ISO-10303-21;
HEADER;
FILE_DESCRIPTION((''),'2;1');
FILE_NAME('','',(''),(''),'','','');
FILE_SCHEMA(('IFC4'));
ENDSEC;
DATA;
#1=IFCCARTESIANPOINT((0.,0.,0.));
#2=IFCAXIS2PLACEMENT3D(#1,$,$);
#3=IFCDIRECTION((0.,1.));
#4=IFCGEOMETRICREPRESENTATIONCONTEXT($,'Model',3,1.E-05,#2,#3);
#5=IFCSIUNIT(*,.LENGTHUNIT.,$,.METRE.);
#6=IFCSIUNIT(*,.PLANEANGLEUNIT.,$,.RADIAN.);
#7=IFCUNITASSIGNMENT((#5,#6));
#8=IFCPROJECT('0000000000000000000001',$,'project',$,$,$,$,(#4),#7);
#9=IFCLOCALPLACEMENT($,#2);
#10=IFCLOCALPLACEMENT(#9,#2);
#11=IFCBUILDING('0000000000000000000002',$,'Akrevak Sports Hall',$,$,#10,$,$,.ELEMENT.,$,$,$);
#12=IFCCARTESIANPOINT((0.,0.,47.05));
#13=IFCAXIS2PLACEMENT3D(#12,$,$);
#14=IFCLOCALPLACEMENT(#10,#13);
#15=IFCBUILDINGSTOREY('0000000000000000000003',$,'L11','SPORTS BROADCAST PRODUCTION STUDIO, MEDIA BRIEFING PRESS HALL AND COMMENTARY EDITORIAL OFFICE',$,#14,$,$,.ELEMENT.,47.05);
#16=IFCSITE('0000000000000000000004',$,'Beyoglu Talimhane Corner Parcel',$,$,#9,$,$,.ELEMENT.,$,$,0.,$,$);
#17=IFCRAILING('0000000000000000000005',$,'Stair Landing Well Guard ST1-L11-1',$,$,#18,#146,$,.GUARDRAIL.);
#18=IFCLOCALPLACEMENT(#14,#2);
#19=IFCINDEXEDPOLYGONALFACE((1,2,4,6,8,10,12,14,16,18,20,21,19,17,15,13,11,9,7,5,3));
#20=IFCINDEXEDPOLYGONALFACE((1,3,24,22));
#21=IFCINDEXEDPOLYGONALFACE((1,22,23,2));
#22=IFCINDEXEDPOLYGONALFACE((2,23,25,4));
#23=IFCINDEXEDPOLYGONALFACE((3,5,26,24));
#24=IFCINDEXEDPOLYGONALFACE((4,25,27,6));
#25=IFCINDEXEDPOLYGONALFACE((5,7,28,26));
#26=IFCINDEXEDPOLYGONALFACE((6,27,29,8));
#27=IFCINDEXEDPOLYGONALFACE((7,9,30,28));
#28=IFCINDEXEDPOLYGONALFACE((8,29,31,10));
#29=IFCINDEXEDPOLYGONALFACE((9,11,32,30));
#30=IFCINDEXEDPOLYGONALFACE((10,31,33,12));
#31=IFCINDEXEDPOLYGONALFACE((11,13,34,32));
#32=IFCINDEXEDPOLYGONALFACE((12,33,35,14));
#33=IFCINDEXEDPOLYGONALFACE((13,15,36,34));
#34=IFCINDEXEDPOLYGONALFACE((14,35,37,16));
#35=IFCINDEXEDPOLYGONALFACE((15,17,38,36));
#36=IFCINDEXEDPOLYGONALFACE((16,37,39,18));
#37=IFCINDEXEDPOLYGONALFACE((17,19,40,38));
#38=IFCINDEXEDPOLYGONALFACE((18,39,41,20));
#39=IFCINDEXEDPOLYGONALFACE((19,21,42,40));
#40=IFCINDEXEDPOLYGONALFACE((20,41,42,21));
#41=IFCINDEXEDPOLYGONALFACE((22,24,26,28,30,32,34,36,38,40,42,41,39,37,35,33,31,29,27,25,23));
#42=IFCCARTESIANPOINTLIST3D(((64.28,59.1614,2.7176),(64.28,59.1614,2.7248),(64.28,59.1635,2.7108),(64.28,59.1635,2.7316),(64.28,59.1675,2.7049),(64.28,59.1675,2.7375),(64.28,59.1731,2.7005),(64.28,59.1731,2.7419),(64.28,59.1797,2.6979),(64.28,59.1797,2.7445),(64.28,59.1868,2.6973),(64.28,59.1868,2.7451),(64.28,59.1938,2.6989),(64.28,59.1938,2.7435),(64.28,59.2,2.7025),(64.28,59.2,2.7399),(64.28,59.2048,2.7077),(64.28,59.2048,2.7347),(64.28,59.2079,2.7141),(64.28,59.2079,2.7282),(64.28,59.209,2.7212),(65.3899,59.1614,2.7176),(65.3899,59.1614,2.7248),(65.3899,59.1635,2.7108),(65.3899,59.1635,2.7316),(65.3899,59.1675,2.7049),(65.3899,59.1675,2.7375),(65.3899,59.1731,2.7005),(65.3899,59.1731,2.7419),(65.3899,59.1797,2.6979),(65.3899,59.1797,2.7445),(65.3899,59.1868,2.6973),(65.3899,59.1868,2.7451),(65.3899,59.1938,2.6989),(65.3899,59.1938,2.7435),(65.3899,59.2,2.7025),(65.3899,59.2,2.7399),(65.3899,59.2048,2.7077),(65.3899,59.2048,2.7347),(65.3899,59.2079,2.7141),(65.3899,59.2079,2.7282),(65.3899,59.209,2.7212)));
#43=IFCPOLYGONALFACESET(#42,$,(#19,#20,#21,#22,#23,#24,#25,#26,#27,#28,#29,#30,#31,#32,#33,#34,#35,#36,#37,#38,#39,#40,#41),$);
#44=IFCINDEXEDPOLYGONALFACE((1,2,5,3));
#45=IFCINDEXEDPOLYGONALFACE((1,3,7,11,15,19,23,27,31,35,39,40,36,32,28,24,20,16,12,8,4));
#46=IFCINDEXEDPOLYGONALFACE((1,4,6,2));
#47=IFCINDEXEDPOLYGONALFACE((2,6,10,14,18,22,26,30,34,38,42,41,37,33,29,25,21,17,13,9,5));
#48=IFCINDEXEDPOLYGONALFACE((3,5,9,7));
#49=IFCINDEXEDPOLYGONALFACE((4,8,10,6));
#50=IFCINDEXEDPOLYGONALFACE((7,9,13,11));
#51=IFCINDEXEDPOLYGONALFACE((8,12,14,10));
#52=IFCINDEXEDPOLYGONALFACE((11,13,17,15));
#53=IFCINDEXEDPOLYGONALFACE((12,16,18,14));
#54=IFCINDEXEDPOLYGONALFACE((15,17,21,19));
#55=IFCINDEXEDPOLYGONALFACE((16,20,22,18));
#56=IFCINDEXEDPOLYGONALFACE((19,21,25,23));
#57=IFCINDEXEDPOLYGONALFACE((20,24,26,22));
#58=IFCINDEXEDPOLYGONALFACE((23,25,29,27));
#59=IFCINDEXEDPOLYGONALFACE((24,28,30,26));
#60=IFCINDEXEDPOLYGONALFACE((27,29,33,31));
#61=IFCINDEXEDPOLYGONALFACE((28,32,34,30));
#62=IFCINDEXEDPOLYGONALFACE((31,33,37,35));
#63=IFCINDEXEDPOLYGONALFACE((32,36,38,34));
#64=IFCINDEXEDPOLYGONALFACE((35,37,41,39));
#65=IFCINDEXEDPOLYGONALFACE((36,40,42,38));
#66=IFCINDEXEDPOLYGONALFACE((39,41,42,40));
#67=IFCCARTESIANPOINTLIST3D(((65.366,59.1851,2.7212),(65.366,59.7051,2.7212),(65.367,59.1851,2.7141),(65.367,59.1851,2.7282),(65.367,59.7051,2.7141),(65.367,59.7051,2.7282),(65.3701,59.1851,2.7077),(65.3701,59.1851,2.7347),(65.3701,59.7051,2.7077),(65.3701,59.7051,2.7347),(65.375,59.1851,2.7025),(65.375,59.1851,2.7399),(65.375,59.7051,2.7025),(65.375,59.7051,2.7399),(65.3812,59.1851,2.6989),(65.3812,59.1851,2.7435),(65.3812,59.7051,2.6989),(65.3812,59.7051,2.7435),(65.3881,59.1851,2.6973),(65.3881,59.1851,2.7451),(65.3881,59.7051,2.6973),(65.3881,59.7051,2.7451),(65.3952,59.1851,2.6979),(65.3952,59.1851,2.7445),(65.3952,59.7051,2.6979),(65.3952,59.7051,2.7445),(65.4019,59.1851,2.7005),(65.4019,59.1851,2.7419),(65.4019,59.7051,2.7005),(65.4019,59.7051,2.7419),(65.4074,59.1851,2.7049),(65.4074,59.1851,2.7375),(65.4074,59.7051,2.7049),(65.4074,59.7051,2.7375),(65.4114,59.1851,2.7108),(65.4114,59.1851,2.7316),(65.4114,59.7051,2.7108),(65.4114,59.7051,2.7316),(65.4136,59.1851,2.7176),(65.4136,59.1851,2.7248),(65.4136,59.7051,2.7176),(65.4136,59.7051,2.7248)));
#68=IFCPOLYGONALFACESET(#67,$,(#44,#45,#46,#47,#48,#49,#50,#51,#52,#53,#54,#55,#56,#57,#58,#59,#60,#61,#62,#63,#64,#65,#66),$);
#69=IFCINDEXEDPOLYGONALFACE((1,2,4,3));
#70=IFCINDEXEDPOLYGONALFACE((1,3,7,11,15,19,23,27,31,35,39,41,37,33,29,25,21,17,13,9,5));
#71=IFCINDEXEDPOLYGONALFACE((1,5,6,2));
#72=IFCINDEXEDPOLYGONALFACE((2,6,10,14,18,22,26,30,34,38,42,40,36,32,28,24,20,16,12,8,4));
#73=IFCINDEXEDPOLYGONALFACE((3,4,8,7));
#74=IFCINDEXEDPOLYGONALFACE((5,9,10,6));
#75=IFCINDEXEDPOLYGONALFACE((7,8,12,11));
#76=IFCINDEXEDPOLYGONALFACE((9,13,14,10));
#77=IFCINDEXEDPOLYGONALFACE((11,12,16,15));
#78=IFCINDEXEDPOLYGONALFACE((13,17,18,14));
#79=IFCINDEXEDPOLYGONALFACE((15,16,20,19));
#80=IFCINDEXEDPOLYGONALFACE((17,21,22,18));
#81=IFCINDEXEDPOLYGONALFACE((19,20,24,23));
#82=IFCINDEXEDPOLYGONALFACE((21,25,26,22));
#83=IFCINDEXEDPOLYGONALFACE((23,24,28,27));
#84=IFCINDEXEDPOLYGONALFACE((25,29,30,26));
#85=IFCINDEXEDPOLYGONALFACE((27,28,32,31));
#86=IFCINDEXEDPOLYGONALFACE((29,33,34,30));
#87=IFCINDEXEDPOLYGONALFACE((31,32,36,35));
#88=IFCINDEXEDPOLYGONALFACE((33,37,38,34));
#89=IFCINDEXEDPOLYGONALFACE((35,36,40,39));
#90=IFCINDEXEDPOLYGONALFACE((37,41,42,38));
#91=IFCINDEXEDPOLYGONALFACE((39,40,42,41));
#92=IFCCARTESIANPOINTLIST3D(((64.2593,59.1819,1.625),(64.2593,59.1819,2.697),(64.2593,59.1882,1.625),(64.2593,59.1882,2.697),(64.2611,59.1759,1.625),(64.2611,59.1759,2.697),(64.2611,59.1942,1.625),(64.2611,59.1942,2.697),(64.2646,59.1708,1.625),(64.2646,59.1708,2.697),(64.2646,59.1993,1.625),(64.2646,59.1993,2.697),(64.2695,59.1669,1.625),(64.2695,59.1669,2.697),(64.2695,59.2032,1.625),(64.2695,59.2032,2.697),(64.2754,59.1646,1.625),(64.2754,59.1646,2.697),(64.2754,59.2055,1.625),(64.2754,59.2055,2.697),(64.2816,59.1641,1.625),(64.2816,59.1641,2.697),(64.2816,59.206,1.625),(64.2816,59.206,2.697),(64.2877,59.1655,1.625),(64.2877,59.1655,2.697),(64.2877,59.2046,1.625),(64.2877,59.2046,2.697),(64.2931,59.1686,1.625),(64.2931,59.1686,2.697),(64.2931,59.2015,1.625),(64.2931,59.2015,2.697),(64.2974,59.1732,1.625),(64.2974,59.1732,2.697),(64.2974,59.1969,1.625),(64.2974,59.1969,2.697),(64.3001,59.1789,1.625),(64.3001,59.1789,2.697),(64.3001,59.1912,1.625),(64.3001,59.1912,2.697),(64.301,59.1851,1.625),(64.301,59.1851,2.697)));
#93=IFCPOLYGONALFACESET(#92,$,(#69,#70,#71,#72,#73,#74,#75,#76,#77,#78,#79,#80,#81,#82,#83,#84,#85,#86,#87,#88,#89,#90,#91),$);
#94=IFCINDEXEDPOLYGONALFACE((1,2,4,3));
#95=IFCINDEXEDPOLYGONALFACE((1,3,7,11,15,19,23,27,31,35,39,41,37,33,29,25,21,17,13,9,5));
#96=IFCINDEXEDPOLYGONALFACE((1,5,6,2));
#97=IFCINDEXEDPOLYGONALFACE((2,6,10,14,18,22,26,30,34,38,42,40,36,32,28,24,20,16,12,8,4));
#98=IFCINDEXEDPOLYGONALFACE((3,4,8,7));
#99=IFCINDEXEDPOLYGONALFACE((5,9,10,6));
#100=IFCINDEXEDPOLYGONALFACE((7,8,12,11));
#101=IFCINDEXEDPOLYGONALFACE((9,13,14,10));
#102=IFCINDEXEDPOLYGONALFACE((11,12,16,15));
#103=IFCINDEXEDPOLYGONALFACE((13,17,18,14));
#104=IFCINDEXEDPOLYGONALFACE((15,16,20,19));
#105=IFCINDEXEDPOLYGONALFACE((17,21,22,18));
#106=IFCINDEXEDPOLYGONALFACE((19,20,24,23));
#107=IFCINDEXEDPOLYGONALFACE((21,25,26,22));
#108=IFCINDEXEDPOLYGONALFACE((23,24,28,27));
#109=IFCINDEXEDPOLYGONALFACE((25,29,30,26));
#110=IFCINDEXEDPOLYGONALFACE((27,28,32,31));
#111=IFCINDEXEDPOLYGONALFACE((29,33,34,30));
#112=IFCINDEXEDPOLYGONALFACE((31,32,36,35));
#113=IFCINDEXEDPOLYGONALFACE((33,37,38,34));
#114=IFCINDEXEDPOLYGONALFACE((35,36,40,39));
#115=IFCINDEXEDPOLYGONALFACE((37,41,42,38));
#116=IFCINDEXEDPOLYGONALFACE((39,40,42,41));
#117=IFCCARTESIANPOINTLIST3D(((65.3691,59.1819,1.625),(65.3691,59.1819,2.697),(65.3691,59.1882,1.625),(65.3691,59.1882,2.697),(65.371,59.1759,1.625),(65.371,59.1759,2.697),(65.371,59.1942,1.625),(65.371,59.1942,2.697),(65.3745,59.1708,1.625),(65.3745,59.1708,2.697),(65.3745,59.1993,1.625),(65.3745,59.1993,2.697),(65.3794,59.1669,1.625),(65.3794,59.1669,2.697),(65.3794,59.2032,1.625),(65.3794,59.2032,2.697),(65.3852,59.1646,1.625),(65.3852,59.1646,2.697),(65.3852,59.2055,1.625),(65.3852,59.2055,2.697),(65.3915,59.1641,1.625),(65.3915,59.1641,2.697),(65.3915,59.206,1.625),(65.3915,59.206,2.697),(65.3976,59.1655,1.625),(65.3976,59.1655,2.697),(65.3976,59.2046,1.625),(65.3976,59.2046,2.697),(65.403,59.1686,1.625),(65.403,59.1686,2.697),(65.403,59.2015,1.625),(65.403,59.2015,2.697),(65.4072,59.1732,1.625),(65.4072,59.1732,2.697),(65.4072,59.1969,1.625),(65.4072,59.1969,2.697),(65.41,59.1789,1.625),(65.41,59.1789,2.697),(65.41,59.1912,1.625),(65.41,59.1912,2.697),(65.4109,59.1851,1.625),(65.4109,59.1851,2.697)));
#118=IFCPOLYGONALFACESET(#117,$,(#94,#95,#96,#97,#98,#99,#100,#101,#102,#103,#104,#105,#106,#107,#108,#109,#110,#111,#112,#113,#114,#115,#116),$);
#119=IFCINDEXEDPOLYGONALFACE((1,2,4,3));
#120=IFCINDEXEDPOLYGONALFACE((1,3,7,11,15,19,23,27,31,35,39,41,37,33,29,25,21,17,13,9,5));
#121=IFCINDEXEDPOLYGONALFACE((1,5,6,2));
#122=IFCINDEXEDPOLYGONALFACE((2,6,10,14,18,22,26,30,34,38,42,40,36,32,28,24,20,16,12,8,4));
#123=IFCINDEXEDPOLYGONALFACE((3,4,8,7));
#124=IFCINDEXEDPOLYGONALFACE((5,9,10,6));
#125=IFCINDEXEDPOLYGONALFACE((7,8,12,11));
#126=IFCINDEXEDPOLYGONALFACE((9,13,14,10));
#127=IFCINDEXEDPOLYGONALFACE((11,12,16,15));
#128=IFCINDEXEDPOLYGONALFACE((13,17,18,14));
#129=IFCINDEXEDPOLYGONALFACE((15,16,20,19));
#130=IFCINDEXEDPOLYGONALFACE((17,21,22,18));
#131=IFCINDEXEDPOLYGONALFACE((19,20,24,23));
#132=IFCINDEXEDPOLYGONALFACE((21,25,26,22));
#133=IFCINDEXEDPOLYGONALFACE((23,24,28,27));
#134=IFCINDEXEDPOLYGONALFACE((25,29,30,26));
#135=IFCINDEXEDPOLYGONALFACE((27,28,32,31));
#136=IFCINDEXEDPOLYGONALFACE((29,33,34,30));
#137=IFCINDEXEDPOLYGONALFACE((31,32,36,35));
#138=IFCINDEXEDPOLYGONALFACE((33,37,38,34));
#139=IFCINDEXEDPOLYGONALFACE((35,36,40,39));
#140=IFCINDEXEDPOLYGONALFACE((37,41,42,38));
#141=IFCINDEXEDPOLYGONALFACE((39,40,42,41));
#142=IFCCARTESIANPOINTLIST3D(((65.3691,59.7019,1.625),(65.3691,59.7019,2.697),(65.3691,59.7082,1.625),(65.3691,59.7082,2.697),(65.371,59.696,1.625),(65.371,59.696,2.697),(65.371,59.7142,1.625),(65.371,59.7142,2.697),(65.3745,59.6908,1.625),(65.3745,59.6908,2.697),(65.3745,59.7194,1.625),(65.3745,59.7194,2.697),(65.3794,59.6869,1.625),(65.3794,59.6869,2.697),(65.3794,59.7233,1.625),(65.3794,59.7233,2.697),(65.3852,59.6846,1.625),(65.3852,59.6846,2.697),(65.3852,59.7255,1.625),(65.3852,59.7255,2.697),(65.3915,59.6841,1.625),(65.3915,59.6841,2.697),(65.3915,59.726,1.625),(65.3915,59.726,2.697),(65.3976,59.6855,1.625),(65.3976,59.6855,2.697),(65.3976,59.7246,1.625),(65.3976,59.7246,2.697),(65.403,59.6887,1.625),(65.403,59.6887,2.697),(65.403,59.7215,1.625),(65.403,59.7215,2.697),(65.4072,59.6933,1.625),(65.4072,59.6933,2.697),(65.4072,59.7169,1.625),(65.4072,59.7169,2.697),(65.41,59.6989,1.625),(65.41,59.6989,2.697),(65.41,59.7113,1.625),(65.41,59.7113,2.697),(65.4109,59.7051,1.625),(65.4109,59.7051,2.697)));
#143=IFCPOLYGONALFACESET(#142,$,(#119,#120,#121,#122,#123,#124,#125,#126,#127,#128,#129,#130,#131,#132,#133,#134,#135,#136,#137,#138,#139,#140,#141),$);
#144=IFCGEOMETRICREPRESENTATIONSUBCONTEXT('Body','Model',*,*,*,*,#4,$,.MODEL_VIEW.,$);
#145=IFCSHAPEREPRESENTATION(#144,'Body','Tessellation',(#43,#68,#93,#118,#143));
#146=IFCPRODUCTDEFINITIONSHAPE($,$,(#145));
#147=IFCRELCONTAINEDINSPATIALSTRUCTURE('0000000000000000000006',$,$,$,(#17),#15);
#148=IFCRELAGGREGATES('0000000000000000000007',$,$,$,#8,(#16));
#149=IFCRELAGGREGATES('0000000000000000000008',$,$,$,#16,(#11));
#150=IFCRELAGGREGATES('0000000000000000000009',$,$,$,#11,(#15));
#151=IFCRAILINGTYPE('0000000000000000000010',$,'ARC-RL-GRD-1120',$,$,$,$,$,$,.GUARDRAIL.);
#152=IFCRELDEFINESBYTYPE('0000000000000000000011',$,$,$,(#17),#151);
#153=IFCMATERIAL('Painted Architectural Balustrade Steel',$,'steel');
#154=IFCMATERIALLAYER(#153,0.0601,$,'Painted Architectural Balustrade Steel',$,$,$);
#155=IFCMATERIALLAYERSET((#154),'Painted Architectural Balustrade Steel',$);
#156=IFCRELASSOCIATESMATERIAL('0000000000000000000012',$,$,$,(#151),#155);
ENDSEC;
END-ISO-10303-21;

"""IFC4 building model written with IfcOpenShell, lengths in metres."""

from ifc_helpers import new_model, si_unit, direction, frame, origin, origin_2d, place, context, subcontext, project, spatial, circle, extrude, material, layer, layer_set, type_object, element, save


model = new_model("IFC4")

# Units and contexts
model_context = context("Model", 3, precision=1e-05, world=origin(), true_north=direction((0.0, 1.0)))
body_context = subcontext(model_context, "Body", "Model", "MODEL_VIEW")
ifc_project = project(units=[si_unit("LENGTHUNIT", "METRE"), si_unit("PLANEANGLEUNIT", "RADIAN")], contexts=[model_context])

# Site, building, storey
site_placement = place(None, origin())
site = spatial("IfcSite", under=ifc_project, at=site_placement, Name="Beyoglu Talimhane Corner Parcel", CompositionType="ELEMENT", RefElevation=0.0)
building_placement = place(site_placement, origin())
building = spatial("IfcBuilding", under=site, at=building_placement, Name="Akrevak Sports Hall", CompositionType="ELEMENT")
storey_placement = place(building_placement, frame((0.0, 0.0, 47.05)))
storey = spatial("IfcBuildingStorey", under=building, at=storey_placement, Name="L11", Description="SPORTS BROADCAST PRODUCTION STUDIO, MEDIA BRIEFING PRESS HALL AND COMMENTARY EDITORIAL OFFICE", CompositionType="ELEMENT", Elevation=47.05)

# Railing
ifc_material_1 = material(Name="Painted Architectural Balustrade Steel", Category="steel")
ifc_layer_1 = layer(ifc_material_1, 0.0601, Name="Painted Architectural Balustrade Steel")
ifc_layer_set_1 = layer_set([ifc_layer_1], Name="Painted Architectural Balustrade Steel")
railing_type_1 = type_object("IfcRailingType", Name="ARC-RL-GRD-1120", PredefinedType="GUARDRAIL", material=ifc_layer_set_1)
railing_1_placement = place(storey_placement, frame((64.28, 59.1851, 1.625)))
element("IfcRailing", 1, at=railing_1_placement, inside=storey, type_object=railing_type_1, Name="Stair Landing Well Guard ST1-L11-1", PredefinedType="GUARDRAIL", context=body_context, shape_type="SweptSolid", body=[
    extrude(circle(Radius=0.0239, at=origin_2d()), frame((0.0, 0.0, 1.0962), z_axis=(1.0, 0.0, 0.0), x_axis=(0.0, 1.0, 0.0)), (0.0, 0.0, 1.0), 1.1099),
    extrude(circle(Radius=0.0239, at=origin_2d()), frame((1.1099, 0.0, 1.0962), z_axis=(0.0, 1.0, 0.0), x_axis=(-1.0, 0.0, 0.0)), (0.0, 0.0, 1.0), 0.52),
    extrude(circle(Radius=0.021, at=origin_2d()), origin(), (0.0, 0.0, 1.0), 1.072),
    extrude(circle(Radius=0.021, at=origin_2d()), frame((1.1099, 0.0, 0.0)), (0.0, 0.0, 1.0), 1.072),
    extrude(circle(Radius=0.021, at=origin_2d()), frame((1.1099, 0.52, 0.0)), (0.0, 0.0, 1.0), 1.072),
])

save(model, "model.ifc")
